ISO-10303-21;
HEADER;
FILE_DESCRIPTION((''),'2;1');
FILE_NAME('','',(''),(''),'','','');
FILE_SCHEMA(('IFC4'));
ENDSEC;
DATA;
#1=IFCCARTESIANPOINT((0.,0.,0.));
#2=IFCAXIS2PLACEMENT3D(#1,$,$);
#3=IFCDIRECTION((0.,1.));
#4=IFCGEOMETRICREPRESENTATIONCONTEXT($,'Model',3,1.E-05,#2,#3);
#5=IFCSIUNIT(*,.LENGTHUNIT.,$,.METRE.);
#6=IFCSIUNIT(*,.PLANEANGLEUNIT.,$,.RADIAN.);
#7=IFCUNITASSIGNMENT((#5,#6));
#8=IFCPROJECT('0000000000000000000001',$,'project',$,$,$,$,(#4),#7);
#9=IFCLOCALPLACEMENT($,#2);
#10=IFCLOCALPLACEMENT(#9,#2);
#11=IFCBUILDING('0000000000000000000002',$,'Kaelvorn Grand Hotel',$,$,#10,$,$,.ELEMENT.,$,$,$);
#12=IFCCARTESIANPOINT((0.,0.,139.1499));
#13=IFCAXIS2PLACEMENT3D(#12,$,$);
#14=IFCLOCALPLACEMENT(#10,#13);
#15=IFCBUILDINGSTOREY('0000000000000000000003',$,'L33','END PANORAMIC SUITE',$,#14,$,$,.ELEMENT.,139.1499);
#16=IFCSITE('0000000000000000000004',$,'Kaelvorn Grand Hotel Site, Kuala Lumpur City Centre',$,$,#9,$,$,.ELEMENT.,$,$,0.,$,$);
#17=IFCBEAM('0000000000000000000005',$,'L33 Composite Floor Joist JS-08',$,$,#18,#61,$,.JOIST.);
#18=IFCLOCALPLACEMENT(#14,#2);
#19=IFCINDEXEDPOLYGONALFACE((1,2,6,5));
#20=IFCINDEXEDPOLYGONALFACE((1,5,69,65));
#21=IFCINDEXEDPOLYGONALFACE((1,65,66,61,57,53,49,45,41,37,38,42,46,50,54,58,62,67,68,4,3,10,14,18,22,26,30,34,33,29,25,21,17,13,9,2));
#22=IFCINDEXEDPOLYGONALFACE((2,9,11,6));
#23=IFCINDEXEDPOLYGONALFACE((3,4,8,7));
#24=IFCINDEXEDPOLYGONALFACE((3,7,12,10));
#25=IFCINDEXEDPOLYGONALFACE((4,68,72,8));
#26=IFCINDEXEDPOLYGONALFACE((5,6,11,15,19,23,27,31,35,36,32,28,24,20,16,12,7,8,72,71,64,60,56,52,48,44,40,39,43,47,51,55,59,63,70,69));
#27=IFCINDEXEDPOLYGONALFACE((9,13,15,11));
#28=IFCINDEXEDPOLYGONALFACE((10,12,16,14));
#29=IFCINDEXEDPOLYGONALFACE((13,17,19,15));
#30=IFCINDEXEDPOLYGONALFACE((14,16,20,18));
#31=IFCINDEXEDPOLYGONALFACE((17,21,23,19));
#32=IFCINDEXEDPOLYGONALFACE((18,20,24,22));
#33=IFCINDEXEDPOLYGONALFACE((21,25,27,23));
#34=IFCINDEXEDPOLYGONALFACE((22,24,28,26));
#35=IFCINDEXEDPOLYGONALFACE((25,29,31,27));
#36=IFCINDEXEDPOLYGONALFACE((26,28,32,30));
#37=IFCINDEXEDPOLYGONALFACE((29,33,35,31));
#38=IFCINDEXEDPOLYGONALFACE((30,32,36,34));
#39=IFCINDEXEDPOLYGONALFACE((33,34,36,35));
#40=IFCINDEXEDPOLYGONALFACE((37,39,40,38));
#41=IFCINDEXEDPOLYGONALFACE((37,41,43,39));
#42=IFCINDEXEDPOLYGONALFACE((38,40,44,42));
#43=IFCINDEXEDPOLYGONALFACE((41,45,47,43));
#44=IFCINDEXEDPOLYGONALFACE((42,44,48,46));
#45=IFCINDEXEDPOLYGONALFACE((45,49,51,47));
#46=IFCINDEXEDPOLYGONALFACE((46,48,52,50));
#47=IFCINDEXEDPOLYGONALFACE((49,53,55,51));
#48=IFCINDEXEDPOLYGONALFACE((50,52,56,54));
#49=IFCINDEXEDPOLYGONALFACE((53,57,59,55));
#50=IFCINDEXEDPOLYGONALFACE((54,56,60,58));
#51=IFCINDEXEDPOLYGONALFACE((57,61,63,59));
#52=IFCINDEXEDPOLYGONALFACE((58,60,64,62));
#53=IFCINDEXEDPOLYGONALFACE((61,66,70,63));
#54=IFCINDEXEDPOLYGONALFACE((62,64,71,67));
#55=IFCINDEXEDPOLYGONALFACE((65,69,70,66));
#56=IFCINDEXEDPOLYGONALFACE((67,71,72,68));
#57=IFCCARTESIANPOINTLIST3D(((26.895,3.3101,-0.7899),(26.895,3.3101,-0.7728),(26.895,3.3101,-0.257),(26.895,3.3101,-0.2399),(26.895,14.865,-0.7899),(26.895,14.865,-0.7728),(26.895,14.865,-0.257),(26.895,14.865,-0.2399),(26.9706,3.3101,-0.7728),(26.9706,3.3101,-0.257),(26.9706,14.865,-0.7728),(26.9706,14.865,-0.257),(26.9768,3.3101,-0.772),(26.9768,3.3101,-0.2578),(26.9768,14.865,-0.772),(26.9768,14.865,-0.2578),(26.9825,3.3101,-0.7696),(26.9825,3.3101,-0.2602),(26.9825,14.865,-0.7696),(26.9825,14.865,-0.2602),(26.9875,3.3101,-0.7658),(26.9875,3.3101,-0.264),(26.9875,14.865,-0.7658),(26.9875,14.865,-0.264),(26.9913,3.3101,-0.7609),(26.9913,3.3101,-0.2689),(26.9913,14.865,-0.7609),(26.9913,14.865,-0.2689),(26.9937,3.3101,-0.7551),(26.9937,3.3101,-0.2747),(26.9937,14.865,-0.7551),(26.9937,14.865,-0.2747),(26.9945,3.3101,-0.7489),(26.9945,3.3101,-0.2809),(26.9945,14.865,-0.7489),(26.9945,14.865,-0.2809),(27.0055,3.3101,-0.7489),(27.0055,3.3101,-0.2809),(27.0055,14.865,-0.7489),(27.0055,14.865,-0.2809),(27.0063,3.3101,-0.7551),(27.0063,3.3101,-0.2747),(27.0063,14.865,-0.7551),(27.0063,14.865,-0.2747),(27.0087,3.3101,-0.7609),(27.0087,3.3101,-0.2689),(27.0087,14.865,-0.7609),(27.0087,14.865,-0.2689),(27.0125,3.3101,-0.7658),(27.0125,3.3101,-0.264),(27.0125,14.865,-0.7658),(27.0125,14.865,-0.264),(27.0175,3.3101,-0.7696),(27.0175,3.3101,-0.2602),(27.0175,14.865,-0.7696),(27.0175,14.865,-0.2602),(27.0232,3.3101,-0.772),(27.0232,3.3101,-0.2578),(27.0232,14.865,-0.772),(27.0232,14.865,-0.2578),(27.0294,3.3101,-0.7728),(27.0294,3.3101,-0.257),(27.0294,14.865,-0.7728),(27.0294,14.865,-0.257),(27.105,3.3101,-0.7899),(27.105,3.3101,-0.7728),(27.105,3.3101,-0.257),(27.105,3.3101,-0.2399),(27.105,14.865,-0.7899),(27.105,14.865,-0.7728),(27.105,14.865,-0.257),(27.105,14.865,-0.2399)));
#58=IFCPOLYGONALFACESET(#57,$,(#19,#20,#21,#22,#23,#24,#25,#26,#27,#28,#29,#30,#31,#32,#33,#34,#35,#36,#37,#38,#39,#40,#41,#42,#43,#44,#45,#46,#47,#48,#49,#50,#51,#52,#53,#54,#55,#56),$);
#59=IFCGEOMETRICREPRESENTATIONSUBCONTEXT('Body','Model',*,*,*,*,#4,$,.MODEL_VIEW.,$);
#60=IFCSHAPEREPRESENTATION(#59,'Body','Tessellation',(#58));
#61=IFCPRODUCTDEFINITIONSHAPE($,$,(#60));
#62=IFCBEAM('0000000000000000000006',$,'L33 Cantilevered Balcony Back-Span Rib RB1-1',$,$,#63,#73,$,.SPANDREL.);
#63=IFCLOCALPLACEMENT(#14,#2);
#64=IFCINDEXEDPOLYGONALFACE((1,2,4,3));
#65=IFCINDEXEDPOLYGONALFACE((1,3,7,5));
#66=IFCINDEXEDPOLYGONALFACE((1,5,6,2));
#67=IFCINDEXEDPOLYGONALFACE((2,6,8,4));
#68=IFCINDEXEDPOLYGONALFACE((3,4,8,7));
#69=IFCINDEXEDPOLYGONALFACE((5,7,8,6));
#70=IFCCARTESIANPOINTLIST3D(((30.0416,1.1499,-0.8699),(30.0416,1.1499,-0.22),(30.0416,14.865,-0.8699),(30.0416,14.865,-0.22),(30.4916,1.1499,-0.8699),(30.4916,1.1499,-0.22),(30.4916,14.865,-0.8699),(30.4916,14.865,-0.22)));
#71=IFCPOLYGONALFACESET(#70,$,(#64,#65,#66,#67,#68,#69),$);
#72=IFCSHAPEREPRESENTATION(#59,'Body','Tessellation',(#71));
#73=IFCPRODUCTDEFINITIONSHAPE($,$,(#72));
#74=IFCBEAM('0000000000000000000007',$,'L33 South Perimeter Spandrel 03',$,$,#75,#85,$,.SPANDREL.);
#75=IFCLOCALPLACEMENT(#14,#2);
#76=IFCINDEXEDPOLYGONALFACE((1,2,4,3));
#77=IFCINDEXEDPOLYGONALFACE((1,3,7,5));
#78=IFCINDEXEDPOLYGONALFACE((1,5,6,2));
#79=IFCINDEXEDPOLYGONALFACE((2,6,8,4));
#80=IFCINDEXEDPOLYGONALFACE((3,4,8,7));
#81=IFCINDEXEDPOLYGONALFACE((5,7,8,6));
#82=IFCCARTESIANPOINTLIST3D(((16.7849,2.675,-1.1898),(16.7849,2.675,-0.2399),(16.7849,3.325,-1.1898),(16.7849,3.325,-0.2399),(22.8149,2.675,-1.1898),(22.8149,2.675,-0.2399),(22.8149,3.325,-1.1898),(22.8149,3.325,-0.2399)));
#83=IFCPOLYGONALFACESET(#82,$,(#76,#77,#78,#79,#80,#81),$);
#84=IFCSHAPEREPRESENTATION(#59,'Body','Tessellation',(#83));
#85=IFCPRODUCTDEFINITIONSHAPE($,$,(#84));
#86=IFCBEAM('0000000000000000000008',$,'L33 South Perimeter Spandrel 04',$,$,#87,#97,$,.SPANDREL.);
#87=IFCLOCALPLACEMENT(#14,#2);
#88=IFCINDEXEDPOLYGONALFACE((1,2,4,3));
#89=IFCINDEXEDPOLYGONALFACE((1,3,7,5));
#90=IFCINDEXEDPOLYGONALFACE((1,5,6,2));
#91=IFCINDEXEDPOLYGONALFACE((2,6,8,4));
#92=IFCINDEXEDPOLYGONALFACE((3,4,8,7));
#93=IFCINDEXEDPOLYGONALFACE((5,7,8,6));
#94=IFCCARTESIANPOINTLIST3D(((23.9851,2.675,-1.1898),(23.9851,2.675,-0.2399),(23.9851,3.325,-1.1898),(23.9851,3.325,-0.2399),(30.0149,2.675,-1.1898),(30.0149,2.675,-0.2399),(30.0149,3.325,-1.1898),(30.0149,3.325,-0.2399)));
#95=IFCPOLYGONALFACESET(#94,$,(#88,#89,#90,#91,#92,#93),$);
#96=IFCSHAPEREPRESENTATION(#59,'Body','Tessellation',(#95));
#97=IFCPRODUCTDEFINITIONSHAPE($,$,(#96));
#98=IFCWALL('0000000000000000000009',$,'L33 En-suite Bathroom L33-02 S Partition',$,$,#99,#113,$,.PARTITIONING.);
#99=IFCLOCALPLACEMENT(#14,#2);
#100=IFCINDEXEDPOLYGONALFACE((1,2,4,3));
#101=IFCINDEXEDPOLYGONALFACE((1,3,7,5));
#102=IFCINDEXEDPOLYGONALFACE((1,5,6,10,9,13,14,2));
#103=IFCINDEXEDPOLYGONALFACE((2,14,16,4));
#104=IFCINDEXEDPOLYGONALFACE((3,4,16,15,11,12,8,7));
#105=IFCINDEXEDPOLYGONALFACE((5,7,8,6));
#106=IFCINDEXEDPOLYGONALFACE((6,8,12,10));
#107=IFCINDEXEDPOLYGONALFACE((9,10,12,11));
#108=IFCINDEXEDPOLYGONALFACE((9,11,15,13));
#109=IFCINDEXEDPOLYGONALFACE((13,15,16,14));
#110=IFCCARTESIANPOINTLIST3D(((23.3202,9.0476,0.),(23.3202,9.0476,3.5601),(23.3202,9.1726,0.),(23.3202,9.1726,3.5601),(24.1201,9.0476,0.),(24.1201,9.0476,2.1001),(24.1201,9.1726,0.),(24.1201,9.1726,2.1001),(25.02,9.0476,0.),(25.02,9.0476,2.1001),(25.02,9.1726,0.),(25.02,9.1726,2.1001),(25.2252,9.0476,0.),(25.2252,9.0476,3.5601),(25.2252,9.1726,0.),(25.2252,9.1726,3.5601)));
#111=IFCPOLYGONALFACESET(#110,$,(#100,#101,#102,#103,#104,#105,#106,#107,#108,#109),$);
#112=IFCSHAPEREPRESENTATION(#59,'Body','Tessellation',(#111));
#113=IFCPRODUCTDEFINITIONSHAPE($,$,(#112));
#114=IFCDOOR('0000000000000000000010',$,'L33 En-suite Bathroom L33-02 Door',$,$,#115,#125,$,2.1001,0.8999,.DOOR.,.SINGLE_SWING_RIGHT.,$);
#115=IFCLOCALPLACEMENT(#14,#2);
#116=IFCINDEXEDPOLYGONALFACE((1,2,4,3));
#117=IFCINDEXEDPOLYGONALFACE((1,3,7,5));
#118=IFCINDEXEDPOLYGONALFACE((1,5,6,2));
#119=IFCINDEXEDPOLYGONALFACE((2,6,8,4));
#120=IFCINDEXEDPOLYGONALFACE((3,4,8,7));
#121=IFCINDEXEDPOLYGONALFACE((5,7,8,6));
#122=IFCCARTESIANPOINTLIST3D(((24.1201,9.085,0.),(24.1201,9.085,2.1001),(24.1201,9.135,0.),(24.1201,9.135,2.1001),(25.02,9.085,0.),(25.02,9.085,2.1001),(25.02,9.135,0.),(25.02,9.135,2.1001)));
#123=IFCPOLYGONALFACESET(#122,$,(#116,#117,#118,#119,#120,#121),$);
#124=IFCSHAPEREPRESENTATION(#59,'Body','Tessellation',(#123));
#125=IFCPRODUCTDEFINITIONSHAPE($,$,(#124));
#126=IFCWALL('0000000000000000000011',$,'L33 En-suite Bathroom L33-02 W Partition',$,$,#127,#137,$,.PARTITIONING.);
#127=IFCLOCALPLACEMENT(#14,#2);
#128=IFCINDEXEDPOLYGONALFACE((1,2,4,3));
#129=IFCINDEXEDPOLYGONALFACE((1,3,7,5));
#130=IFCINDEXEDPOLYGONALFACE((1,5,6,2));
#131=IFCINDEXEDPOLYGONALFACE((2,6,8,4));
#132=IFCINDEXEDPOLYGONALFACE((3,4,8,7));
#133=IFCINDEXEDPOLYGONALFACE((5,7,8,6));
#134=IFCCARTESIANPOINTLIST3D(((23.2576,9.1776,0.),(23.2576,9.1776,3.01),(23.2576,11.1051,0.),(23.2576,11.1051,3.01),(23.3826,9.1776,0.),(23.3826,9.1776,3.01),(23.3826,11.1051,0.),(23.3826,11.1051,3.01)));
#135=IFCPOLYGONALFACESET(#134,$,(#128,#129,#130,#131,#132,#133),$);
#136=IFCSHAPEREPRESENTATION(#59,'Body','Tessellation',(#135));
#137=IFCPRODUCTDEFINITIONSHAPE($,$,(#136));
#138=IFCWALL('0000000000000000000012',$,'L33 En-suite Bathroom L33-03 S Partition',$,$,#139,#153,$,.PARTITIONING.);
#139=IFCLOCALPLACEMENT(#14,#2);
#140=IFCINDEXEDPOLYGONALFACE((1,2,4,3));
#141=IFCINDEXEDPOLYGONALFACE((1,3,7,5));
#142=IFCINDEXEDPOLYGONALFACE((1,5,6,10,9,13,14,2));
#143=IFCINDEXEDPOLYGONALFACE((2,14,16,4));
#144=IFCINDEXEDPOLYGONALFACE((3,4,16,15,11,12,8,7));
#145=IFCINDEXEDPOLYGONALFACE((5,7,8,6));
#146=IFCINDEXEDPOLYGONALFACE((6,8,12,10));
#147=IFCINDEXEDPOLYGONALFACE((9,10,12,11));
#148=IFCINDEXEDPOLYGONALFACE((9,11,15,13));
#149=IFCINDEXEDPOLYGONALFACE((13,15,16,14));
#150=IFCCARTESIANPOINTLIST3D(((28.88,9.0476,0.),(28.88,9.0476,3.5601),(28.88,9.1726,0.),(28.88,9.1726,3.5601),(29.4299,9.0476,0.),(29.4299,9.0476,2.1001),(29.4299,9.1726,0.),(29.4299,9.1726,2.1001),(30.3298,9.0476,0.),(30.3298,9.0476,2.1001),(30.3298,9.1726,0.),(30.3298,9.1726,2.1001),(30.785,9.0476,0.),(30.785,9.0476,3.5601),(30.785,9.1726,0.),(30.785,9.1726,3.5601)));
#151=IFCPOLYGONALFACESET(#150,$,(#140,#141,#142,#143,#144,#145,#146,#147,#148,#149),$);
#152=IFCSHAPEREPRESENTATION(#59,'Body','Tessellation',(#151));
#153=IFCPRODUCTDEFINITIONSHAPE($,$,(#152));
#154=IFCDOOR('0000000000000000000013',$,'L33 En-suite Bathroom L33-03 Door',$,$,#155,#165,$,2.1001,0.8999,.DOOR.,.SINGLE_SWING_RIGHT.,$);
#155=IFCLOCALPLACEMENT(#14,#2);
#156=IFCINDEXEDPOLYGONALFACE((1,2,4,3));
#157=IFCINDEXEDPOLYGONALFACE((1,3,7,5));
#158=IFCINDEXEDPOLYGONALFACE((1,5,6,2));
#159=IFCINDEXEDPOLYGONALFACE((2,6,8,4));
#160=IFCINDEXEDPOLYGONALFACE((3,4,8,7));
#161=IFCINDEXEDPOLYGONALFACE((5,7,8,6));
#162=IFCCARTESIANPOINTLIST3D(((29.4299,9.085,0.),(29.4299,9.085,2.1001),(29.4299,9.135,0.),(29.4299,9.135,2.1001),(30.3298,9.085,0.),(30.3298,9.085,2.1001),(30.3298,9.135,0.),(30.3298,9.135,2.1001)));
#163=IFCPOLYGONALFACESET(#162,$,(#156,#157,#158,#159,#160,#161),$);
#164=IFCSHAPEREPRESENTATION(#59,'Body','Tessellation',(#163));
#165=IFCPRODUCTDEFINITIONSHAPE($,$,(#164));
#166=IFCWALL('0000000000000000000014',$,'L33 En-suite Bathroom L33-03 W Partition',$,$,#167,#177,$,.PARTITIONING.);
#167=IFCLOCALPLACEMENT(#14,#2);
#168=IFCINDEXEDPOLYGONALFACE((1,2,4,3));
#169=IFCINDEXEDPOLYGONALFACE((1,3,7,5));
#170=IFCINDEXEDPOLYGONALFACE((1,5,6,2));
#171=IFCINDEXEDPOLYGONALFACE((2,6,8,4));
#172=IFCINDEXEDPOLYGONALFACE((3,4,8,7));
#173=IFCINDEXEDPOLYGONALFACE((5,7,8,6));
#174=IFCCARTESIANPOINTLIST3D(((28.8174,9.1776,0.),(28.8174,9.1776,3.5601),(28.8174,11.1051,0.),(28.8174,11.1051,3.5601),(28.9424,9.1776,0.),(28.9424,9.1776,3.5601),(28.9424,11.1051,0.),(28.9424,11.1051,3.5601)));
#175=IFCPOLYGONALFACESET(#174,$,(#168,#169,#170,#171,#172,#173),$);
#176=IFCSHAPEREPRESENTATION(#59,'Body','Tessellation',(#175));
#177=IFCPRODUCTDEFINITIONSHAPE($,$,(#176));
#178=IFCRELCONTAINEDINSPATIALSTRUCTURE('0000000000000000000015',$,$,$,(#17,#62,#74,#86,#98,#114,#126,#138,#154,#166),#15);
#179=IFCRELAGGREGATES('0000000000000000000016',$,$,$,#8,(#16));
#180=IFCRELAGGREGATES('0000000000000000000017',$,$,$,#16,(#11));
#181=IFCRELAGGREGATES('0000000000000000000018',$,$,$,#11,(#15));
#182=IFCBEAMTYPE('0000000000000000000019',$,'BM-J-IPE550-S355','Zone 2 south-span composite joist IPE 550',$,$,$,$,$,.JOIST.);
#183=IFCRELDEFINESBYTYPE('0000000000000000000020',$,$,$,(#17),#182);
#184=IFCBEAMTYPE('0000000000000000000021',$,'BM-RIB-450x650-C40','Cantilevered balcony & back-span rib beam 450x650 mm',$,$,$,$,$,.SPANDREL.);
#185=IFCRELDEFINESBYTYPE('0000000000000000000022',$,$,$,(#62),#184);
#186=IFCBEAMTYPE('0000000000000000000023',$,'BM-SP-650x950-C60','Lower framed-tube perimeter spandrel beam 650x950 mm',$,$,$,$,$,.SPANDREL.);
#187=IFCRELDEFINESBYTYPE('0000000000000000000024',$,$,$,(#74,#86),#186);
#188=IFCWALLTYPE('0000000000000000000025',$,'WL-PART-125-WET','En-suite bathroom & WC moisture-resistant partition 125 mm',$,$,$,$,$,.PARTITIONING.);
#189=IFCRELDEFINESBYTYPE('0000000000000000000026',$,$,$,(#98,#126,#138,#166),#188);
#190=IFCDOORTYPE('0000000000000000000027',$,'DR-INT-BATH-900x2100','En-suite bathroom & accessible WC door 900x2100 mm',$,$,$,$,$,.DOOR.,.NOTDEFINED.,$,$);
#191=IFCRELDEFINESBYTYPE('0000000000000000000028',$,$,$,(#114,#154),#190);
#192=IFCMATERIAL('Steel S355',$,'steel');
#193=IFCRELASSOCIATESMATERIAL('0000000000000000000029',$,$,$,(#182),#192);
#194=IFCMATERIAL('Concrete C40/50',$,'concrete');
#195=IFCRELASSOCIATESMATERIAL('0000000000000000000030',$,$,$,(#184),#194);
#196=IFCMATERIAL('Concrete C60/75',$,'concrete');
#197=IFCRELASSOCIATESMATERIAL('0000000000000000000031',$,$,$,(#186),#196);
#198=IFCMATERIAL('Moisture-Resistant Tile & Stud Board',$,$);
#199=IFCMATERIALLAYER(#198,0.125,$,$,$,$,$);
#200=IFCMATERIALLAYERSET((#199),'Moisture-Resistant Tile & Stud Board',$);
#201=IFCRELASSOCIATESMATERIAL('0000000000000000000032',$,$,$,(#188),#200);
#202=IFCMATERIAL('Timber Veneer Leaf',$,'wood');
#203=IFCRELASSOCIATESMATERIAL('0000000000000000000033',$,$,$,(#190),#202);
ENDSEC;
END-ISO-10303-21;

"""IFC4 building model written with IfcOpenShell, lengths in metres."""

from ifc_helpers import new_model, si_unit, direction, frame, frame_2d, origin, origin_2d, place, context, subcontext, project, spatial, rectangle, i_section, extrude, material, layer, layer_set, material_profile, profile_set, type_object, element, fill, save


model = new_model("IFC4")

# Units and contexts
model_context = context("Model", 3, precision=1e-05, world=origin(), true_north=direction((0.0, 1.0)))
body_context = subcontext(model_context, "Body", "Model", "MODEL_VIEW")
ifc_project = project(units=[si_unit("LENGTHUNIT", "METRE"), si_unit("PLANEANGLEUNIT", "RADIAN")], contexts=[model_context])

# Site, building, storey
site_placement = place(None, origin())
site = spatial("IfcSite", under=ifc_project, at=site_placement, Name="Kaelvorn Grand Hotel Site, Kuala Lumpur City Centre", CompositionType="ELEMENT", RefElevation=0.0)
building_placement = place(site_placement, origin())
building = spatial("IfcBuilding", under=site, at=building_placement, Name="Kaelvorn Grand Hotel", CompositionType="ELEMENT")
storey_placement = place(building_placement, frame((0.0, 0.0, 139.1499)))
storey = spatial("IfcBuildingStorey", under=building, at=storey_placement, Name="L33", Description="END PANORAMIC SUITE", CompositionType="ELEMENT", Elevation=139.1499)

# Shared definitions
ifc_material_1 = material(Name="Concrete C60/75", Category="concrete")

# Beams
ifc_material_2 = material(Name="Steel S355", Category="steel")
ifc_material_profile_1 = material_profile(ifc_material_2, i_section(OverallWidth=0.21, OverallDepth=0.55, WebThickness=0.011, FlangeThickness=0.0171, FilletRadius=0.0239, at=origin_2d()), Name="IPE 550")
ifc_profile_set_1 = profile_set([ifc_material_profile_1], Name="Steel S355")
beam_type_1 = type_object("IfcBeamType", Name="BM-J-IPE550-S355", Description="Zone 2 south-span composite joist IPE 550", PredefinedType="JOIST", material=ifc_profile_set_1)
beam_1_placement = place(storey_placement, frame((27.0, 3.3101, -0.5149), z_axis=(0.0, 1.0, 0.0), x_axis=(-1.0, 0.0, 0.0)))
element("IfcBeam", 1, at=beam_1_placement, inside=storey, type_object=beam_type_1, Name="L33 Composite Floor Joist JS-08", PredefinedType="JOIST", context=body_context, shape_type="SweptSolid", body=[
    extrude(i_section(OverallWidth=0.21, OverallDepth=0.55, WebThickness=0.011, FlangeThickness=0.0171, FilletRadius=0.0239, at=origin_2d()), origin(), (0.0, 0.0, 1.0), 11.5549),
])
ifc_material_3 = material(Name="Concrete C40/50", Category="concrete")
ifc_material_profile_2 = material_profile(ifc_material_3, rectangle(XDim=0.45, YDim=0.6499, at=origin_2d()), Name="RC RIB 450x650")
ifc_profile_set_2 = profile_set([ifc_material_profile_2], Name="Concrete C40/50")
beam_type_2 = type_object("IfcBeamType", Name="BM-RIB-450x650-C40", Description="Cantilevered balcony & back-span rib beam 450x650 mm", PredefinedType="SPANDREL", material=ifc_profile_set_2)
beam_2_placement = place(storey_placement, frame((30.2666, 1.1499, -0.5449), z_axis=(0.0, 1.0, 0.0), x_axis=(-1.0, 0.0, 0.0)))
element("IfcBeam", 2, at=beam_2_placement, inside=storey, type_object=beam_type_2, Name="L33 Cantilevered Balcony Back-Span Rib RB1-1", PredefinedType="SPANDREL", context=body_context, shape_type="SweptSolid", body=[
    extrude(rectangle(XDim=0.45, YDim=0.6499, at=origin_2d()), origin(), (0.0, 0.0, 1.0), 13.7151),
])
ifc_material_profile_3 = material_profile(ifc_material_1, rectangle(XDim=0.6499, YDim=0.95, at=origin_2d()), Name="RC SPANDREL 650x950")
ifc_profile_set_3 = profile_set([ifc_material_profile_3], Name="Concrete C60/75")
beam_type_3 = type_object("IfcBeamType", Name="BM-SP-650x950-C60", Description="Lower framed-tube perimeter spandrel beam 650x950 mm", PredefinedType="SPANDREL", material=ifc_profile_set_3)
beam_3_placement = place(storey_placement, frame((16.7849, 3.0, -0.7148), z_axis=(1.0, 0.0, 0.0), x_axis=(0.0, 1.0, 0.0)))
element("IfcBeam", 3, at=beam_3_placement, inside=storey, type_object=beam_type_3, Name="L33 South Perimeter Spandrel 03", PredefinedType="SPANDREL", context=body_context, shape_type="SweptSolid", body=[
    extrude(rectangle(XDim=0.6499, YDim=0.95, at=origin_2d()), origin(), (0.0, 0.0, 1.0), 6.03),
])
beam_4_placement = place(storey_placement, frame((23.9851, 3.0, -0.7148), z_axis=(1.0, 0.0, 0.0), x_axis=(0.0, 1.0, 0.0)))
element("IfcBeam", 4, at=beam_4_placement, inside=storey, type_object=beam_type_3, Name="L33 South Perimeter Spandrel 04", PredefinedType="SPANDREL", context=body_context, shape_type="SweptSolid", body=[
    extrude(rectangle(XDim=0.6499, YDim=0.95, at=origin_2d()), origin(), (0.0, 0.0, 1.0), 6.0298),
])

# Wall, opening, door
ifc_material_4 = material(Name="Moisture-Resistant Tile & Stud Board")
ifc_layer_1 = layer(ifc_material_4, 0.125)
ifc_layer_set_1 = layer_set([ifc_layer_1], Name="Moisture-Resistant Tile & Stud Board")
wall_type_1 = type_object("IfcWallType", Name="WL-PART-125-WET", Description="En-suite bathroom & WC moisture-resistant partition 125 mm", PredefinedType="PARTITIONING", material=ifc_layer_set_1)
wall_1_placement = place(storey_placement, frame((23.3201, 9.1101, 0.0), z_axis=(0.0, 0.0, 1.0), x_axis=(1.0, 0.0, 0.0)))
wall_1 = element("IfcWall", 5, at=wall_1_placement, inside=storey, type_object=wall_type_1, Name="L33 En-suite Bathroom L33-02 S Partition", PredefinedType="PARTITIONING", context=body_context, shape_type="SweptSolid", body=[
    extrude(rectangle(XDim=1.905, YDim=0.125, at=frame_2d((0.9526, 0.0))), origin(), (0.0, 0.0, 1.0), 3.5601),
])
opening_1_placement = place(wall_1_placement, frame((0.8, 0.0, 0.0)))
opening_1 = element("IfcOpeningElement", 6, at=opening_1_placement, cuts=wall_1, PredefinedType="OPENING", context=body_context, shape_type="SweptSolid", body=[
    extrude(rectangle(XDim=0.8999, YDim=2.1001, at=frame_2d((0.45, 1.05))), frame((0.0, 0.0725, 0.0), z_axis=(0.0, -1.0, 0.0), x_axis=(1.0, 0.0, 0.0)), (0.0, 0.0, 1.0), 0.145),
])
ifc_material_5 = material(Name="Timber Veneer Leaf", Category="wood")
door_type_1 = type_object("IfcDoorType", Name="DR-INT-BATH-900x2100", Description="En-suite bathroom & accessible WC door 900x2100 mm", OperationType="NOTDEFINED", PredefinedType="DOOR", material=ifc_material_5)
door_1_placement = place(opening_1_placement, origin())
door_1 = element("IfcDoor", 7, at=door_1_placement, inside=storey, type_object=door_type_1, Name="L33 En-suite Bathroom L33-02 Door", OperationType="SINGLE_SWING_RIGHT", OverallHeight=2.1001, OverallWidth=0.8999, PredefinedType="DOOR", context=body_context, shape_type="SweptSolid", body=[
    extrude(rectangle(XDim=0.8999, YDim=2.1001, at=frame_2d((0.45, 1.05))), frame((0.0, 0.0249, 0.0), z_axis=(0.0, -1.0, 0.0), x_axis=(1.0, 0.0, 0.0)), (0.0, 0.0, 1.0), 0.05),
])
fill(opening_1, door_1)

# Wall
wall_2_placement = place(storey_placement, frame((23.3201, 9.1775, 0.0), z_axis=(0.0, 0.0, 1.0), x_axis=(0.0, 1.0, 0.0)))
element("IfcWall", 8, at=wall_2_placement, inside=storey, type_object=wall_type_1, Name="L33 En-suite Bathroom L33-02 W Partition", PredefinedType="PARTITIONING", context=body_context, shape_type="SweptSolid", body=[
    extrude(rectangle(XDim=1.9275, YDim=0.125, at=frame_2d((0.9639, 0.0))), origin(), (0.0, 0.0, 1.0), 3.01),
])

# Wall, opening, door
wall_3_placement = place(storey_placement, frame((28.8799, 9.1101, 0.0), z_axis=(0.0, 0.0, 1.0), x_axis=(1.0, 0.0, 0.0)))
wall_3 = element("IfcWall", 9, at=wall_3_placement, inside=storey, type_object=wall_type_1, Name="L33 En-suite Bathroom L33-03 S Partition", PredefinedType="PARTITIONING", context=body_context, shape_type="SweptSolid", body=[
    extrude(rectangle(XDim=1.905, YDim=0.125, at=frame_2d((0.9526, 0.0))), origin(), (0.0, 0.0, 1.0), 3.5601),
])
opening_2_placement = place(wall_3_placement, frame((0.55, 0.0, 0.0)))
opening_2 = element("IfcOpeningElement", 10, at=opening_2_placement, cuts=wall_3, PredefinedType="OPENING", context=body_context, shape_type="SweptSolid", body=[
    extrude(rectangle(XDim=0.8999, YDim=2.1001, at=frame_2d((0.45, 1.05))), frame((0.0, 0.0725, 0.0), z_axis=(0.0, -1.0, 0.0), x_axis=(1.0, 0.0, 0.0)), (0.0, 0.0, 1.0), 0.145),
])
door_2_placement = place(opening_2_placement, origin())
door_2 = element("IfcDoor", 11, at=door_2_placement, inside=storey, type_object=door_type_1, Name="L33 En-suite Bathroom L33-03 Door", OperationType="SINGLE_SWING_RIGHT", OverallHeight=2.1001, OverallWidth=0.8999, PredefinedType="DOOR", context=body_context, shape_type="SweptSolid", body=[
    extrude(rectangle(XDim=0.8999, YDim=2.1001, at=frame_2d((0.45, 1.05))), frame((0.0, 0.0249, 0.0), z_axis=(0.0, -1.0, 0.0), x_axis=(1.0, 0.0, 0.0)), (0.0, 0.0, 1.0), 0.05),
])
fill(opening_2, door_2)

# Wall
wall_4_placement = place(storey_placement, frame((28.8799, 9.1775, 0.0), z_axis=(0.0, 0.0, 1.0), x_axis=(0.0, 1.0, 0.0)))
element("IfcWall", 12, at=wall_4_placement, inside=storey, type_object=wall_type_1, Name="L33 En-suite Bathroom L33-03 W Partition", PredefinedType="PARTITIONING", context=body_context, shape_type="SweptSolid", body=[
    extrude(rectangle(XDim=1.9275, YDim=0.125, at=frame_2d((0.9639, 0.0))), origin(), (0.0, 0.0, 1.0), 3.5601),
])

save(model, "model.ifc")
